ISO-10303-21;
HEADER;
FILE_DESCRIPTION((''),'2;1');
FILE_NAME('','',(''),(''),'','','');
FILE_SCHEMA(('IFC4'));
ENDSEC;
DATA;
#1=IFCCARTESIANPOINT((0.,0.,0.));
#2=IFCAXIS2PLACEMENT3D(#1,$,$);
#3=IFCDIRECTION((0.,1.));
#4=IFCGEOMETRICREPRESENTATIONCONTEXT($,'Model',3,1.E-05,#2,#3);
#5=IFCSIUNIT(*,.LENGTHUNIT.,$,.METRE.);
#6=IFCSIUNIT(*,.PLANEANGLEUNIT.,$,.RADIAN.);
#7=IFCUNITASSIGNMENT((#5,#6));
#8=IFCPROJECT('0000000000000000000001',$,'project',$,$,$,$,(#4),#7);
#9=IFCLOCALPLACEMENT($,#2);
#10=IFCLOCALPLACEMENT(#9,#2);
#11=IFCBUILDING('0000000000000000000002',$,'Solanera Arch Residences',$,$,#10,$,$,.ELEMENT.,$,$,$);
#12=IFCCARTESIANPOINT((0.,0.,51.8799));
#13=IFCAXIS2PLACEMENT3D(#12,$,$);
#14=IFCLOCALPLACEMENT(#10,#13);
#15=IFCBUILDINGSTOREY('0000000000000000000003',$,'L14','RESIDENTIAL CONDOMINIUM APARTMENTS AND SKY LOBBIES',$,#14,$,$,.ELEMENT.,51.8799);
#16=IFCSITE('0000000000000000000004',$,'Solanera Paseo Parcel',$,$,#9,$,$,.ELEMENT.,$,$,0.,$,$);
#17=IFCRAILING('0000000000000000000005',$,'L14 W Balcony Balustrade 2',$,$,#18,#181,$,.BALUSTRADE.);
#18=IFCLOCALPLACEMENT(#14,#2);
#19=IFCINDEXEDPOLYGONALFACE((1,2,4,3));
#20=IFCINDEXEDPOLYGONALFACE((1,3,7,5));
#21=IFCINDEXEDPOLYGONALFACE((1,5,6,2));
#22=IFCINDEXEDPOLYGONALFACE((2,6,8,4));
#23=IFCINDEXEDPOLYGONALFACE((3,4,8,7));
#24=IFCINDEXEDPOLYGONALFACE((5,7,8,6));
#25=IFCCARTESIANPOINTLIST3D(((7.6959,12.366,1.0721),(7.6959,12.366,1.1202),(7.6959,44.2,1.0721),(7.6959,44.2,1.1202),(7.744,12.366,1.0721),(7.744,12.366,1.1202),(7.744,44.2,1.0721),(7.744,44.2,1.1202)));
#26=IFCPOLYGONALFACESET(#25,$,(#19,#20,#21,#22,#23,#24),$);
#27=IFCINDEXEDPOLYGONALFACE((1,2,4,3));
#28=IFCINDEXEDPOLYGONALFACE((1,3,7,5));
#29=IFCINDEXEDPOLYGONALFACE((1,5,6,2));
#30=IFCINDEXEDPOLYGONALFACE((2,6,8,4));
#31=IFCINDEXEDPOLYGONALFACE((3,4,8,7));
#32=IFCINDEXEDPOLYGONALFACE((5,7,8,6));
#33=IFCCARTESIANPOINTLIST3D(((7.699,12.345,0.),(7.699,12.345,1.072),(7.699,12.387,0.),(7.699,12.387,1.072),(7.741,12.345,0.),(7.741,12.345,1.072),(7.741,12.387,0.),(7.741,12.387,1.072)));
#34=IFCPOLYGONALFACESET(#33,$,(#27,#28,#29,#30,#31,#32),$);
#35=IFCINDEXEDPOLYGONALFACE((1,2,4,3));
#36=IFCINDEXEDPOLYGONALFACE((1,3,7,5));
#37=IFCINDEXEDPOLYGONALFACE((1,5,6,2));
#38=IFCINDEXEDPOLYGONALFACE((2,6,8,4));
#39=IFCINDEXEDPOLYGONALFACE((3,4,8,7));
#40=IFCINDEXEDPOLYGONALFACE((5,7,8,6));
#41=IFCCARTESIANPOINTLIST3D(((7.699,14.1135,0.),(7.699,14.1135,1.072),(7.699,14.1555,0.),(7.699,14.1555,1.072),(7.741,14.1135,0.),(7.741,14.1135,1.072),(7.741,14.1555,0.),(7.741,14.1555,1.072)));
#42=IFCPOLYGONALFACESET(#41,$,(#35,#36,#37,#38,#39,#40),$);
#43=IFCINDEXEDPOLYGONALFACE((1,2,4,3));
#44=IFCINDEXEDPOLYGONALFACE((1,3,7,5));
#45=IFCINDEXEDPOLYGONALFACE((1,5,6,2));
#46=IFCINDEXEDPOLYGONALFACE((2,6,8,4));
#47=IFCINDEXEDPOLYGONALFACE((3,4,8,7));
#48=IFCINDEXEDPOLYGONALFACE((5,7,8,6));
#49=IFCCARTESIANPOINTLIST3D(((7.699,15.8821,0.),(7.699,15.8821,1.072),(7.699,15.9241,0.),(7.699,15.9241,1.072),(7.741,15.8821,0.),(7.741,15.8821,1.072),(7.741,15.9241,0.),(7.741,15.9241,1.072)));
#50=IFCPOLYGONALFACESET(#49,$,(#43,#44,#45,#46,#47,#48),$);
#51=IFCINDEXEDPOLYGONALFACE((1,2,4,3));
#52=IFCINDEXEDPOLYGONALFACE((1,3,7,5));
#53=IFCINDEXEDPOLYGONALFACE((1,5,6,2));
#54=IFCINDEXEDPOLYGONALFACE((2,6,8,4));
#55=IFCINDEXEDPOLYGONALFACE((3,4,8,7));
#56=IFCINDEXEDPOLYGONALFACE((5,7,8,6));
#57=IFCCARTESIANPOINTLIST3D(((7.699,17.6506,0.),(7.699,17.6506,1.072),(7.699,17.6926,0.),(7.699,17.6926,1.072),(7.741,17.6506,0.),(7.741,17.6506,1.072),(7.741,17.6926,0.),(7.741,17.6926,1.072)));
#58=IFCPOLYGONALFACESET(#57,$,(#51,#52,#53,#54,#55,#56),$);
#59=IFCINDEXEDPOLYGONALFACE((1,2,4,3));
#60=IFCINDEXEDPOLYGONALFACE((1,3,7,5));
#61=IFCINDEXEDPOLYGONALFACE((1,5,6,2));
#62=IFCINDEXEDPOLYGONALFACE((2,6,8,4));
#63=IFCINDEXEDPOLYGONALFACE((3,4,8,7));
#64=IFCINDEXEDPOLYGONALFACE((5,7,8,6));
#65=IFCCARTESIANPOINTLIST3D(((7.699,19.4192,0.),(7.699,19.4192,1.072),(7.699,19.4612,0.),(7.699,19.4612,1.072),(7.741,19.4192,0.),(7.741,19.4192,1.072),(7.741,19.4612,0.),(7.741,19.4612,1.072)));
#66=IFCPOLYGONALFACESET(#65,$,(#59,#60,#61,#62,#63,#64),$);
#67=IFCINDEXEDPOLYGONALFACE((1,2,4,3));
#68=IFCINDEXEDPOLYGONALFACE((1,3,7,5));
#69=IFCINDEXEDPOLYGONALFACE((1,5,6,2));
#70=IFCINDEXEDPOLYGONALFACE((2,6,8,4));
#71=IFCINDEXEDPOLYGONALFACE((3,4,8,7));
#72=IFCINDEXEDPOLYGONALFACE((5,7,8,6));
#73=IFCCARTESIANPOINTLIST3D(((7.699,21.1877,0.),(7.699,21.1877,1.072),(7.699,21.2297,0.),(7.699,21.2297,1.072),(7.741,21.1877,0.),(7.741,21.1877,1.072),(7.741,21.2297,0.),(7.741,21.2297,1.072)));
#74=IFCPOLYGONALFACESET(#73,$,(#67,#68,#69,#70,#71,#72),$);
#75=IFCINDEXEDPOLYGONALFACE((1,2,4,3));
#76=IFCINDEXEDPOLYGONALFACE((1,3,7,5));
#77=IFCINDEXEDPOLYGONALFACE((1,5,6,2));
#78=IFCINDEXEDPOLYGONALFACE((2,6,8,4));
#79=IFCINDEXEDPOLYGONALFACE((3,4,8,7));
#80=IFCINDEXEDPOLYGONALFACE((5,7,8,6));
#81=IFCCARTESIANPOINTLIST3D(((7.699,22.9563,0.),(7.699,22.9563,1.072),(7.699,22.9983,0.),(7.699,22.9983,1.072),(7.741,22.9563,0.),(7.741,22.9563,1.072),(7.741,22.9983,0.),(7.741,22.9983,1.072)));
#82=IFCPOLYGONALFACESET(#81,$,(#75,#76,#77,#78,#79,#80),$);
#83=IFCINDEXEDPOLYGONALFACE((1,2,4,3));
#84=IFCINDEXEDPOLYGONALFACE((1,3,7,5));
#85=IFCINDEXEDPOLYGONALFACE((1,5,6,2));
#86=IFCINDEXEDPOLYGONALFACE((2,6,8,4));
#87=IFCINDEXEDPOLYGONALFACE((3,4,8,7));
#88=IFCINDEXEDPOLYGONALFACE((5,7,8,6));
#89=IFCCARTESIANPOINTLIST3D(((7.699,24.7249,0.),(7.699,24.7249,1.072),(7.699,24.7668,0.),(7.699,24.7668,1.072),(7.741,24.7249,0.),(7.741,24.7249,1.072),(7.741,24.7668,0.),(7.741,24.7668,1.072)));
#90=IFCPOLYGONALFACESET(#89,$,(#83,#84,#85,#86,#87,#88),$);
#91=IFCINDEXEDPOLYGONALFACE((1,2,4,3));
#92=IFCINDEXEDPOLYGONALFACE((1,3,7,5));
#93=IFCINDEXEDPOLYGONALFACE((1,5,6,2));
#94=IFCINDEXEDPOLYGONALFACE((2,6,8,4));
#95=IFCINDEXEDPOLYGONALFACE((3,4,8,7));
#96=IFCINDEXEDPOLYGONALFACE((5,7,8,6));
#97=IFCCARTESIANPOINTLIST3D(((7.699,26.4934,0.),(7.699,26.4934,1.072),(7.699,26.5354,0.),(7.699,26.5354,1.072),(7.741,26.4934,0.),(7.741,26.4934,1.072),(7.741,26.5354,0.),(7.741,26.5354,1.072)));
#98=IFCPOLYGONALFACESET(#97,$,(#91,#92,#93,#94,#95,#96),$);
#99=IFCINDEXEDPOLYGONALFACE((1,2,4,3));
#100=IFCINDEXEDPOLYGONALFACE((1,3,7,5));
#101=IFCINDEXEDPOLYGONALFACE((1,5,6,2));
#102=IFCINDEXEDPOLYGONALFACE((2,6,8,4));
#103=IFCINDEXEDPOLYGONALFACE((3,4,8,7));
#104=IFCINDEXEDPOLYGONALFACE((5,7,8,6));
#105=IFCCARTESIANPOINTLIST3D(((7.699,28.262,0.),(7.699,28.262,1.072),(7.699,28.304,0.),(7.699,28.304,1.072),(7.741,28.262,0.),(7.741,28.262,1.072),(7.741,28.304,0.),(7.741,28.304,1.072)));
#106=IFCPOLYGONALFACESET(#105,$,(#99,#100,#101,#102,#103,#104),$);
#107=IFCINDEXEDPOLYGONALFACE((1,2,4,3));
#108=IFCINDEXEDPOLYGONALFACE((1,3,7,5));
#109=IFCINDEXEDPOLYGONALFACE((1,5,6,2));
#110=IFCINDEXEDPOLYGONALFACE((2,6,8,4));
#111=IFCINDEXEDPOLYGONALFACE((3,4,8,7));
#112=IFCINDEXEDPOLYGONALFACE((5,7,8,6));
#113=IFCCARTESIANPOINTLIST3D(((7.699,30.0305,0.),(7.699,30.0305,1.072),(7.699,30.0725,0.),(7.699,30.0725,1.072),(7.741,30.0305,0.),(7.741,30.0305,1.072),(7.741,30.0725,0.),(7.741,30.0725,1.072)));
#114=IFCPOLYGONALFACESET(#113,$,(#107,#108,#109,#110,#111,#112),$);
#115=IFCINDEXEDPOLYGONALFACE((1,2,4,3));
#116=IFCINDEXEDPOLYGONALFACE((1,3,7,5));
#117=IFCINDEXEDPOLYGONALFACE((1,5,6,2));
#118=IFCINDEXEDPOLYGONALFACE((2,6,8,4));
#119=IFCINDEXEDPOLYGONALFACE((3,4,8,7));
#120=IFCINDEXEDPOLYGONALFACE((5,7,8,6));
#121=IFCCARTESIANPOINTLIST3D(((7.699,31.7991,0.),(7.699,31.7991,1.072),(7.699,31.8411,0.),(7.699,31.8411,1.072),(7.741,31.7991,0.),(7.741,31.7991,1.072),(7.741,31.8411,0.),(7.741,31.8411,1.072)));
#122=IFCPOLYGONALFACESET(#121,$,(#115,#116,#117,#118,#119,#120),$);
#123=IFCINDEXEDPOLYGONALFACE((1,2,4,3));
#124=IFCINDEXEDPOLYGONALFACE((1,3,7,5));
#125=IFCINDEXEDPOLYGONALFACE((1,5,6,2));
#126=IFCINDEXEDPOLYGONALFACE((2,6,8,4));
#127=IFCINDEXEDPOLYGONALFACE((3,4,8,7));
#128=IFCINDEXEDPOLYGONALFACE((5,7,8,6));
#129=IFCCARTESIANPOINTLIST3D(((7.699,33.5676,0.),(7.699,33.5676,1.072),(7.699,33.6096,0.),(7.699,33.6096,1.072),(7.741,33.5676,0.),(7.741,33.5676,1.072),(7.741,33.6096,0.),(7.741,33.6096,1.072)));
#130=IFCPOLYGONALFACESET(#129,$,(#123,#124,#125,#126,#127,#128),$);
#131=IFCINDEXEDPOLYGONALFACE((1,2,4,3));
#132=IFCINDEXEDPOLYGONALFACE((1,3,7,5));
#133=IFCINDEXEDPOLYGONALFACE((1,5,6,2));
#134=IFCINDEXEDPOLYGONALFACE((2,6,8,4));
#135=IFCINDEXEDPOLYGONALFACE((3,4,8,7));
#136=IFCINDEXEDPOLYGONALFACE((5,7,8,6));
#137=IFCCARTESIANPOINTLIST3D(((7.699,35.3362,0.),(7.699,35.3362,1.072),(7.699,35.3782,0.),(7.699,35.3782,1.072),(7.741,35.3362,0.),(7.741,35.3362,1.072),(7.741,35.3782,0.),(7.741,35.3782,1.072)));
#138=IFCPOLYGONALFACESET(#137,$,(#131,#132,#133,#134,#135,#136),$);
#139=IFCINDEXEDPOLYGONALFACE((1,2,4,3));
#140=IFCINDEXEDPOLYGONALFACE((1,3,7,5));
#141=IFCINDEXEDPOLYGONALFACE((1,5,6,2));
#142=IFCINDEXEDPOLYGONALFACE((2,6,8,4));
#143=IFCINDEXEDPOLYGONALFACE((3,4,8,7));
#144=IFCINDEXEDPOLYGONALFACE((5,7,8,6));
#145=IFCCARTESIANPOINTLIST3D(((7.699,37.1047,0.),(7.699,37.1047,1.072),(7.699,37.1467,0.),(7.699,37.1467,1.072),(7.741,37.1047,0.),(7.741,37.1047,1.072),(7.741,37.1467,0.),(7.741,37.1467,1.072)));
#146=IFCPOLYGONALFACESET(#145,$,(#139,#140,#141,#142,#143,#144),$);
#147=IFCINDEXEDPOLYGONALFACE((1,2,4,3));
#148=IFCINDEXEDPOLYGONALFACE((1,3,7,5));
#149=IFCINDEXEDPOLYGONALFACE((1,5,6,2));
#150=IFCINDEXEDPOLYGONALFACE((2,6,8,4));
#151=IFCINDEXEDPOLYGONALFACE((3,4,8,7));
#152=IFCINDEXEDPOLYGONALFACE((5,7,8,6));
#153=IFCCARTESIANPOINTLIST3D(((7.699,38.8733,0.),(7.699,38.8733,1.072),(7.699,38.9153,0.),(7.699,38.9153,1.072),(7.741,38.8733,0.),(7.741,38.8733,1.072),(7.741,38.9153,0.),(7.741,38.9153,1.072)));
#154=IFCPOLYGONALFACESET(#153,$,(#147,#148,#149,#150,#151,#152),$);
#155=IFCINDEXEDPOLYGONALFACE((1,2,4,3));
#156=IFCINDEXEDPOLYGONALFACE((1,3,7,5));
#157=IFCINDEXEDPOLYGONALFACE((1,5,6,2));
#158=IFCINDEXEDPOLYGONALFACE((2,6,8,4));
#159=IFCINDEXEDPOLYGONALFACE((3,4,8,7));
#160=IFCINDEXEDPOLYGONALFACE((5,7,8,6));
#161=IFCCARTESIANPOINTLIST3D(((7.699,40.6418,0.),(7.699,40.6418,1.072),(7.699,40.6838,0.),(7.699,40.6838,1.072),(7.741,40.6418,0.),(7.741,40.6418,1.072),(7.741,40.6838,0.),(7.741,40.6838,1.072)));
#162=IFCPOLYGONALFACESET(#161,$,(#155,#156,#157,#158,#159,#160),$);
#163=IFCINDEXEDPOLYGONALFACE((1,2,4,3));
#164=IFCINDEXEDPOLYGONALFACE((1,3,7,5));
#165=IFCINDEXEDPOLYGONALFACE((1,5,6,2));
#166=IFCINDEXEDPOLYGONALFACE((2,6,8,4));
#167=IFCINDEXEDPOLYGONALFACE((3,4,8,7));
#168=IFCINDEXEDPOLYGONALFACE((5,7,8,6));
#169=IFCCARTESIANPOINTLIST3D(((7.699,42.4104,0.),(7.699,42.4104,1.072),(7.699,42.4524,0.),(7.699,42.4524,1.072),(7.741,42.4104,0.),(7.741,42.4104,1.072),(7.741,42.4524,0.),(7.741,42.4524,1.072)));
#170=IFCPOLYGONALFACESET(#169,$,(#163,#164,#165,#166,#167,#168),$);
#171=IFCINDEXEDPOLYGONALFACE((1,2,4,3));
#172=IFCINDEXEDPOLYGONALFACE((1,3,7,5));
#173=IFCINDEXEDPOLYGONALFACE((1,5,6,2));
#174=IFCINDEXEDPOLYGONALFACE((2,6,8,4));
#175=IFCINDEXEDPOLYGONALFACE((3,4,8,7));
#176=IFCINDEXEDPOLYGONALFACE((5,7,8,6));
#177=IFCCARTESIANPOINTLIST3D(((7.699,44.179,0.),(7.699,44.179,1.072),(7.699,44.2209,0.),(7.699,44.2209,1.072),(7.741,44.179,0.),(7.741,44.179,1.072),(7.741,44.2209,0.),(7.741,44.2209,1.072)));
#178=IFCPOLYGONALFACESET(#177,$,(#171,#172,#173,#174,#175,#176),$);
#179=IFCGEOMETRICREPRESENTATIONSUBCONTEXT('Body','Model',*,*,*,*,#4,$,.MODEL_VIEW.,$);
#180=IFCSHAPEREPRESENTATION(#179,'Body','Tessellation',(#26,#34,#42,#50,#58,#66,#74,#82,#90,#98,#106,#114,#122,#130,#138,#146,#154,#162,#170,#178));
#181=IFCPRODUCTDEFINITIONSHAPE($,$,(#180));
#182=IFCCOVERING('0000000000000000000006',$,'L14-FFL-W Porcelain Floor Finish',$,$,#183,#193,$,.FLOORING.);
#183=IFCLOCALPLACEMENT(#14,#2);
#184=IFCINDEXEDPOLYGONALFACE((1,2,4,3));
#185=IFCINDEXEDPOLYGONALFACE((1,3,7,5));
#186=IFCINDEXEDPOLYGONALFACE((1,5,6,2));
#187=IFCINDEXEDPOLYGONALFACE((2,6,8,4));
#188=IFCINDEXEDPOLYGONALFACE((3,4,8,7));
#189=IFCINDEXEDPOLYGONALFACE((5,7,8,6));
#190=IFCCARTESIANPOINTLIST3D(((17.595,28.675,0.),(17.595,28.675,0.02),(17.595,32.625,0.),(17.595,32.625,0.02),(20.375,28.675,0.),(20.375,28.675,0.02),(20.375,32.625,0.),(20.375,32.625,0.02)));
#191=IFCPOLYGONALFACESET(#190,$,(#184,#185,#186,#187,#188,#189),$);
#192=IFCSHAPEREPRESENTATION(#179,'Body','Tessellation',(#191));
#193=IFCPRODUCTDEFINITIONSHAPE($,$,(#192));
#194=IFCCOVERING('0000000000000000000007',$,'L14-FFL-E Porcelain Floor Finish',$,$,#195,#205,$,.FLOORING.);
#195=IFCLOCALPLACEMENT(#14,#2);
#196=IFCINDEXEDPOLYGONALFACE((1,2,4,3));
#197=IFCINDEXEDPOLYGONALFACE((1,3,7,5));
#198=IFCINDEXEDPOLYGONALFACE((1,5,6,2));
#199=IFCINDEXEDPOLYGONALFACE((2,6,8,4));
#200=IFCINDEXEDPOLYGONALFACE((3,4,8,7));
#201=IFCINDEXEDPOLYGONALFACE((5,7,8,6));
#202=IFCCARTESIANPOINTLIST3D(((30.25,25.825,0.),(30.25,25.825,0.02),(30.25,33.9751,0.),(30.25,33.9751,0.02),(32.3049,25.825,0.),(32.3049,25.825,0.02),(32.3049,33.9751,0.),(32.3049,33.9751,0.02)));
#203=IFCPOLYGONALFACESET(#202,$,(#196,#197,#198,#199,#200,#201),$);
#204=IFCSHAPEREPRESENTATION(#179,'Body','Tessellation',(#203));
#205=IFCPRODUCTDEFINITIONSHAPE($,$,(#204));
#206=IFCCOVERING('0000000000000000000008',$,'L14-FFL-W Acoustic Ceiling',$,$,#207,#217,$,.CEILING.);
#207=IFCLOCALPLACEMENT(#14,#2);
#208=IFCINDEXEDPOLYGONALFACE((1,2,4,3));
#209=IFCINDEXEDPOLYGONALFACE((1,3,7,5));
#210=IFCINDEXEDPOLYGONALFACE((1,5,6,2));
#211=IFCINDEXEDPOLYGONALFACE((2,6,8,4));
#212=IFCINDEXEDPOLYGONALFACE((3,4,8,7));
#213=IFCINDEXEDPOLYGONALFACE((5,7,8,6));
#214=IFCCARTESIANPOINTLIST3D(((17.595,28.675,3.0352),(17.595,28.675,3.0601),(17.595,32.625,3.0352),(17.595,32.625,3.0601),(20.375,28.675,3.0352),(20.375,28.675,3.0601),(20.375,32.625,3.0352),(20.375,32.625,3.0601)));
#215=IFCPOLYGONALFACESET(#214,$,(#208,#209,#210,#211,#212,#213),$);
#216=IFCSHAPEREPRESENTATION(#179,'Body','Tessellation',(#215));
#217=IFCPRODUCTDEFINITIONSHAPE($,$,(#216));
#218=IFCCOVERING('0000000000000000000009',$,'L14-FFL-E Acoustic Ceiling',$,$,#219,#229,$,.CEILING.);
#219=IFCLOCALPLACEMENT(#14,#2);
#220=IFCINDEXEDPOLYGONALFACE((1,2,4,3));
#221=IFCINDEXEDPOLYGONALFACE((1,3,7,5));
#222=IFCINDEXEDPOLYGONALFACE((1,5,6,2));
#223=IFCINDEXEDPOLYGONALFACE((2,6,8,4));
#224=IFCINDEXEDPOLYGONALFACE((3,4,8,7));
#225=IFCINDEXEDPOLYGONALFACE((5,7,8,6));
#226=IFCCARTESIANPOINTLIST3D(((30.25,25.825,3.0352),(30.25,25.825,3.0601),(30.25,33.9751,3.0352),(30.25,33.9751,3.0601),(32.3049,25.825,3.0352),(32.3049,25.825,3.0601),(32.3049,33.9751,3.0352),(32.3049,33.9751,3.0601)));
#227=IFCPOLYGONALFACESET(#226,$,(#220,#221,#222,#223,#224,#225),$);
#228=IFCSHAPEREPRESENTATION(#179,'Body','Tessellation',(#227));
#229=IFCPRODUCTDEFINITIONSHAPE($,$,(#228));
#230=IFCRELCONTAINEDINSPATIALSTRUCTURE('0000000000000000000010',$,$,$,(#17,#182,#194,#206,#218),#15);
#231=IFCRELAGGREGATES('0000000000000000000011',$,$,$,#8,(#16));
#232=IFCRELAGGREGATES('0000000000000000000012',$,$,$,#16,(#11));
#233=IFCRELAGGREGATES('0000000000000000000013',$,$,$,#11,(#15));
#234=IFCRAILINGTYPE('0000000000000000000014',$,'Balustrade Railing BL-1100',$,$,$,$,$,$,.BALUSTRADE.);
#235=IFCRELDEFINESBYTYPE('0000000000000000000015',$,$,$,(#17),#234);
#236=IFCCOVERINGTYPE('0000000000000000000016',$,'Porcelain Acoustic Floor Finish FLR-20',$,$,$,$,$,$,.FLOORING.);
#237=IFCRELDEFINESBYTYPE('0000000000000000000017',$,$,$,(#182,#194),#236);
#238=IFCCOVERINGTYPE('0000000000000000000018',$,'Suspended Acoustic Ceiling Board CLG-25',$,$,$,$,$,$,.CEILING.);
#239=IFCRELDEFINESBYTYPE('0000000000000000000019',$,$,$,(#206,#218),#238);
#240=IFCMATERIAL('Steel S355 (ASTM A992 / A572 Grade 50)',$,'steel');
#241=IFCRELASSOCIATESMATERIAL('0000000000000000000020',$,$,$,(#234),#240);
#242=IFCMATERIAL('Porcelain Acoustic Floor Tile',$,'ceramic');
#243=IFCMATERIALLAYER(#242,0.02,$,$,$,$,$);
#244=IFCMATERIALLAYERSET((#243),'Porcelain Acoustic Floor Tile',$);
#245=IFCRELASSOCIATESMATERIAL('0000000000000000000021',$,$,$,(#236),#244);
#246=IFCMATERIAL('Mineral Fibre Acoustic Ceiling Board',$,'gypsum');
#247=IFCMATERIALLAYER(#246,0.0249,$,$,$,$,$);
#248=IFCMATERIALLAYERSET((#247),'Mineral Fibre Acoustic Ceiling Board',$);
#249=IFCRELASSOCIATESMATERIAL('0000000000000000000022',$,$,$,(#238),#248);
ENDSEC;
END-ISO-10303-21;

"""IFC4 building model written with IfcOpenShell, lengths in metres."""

from ifc_helpers import new_model, si_unit, direction, frame, origin, origin_2d, place, context, subcontext, project, spatial, polyline, rectangle, outline, extrude, material, layer, layer_set, type_object, element, save


model = new_model("IFC4")

# Units and contexts
model_context = context("Model", 3, precision=1e-05, world=origin(), true_north=direction((0.0, 1.0)))
body_context = subcontext(model_context, "Body", "Model", "MODEL_VIEW")
ifc_project = project(units=[si_unit("LENGTHUNIT", "METRE"), si_unit("PLANEANGLEUNIT", "RADIAN")], contexts=[model_context])

# Site, building, storey
site_placement = place(None, origin())
site = spatial("IfcSite", under=ifc_project, at=site_placement, Name="Solanera Paseo Parcel", CompositionType="ELEMENT", RefElevation=0.0)
building_placement = place(site_placement, origin())
building = spatial("IfcBuilding", under=site, at=building_placement, Name="Solanera Arch Residences", CompositionType="ELEMENT")
storey_placement = place(building_placement, frame((0.0, 0.0, 51.8799)))
storey = spatial("IfcBuildingStorey", under=building, at=storey_placement, Name="L14", Description="RESIDENTIAL CONDOMINIUM APARTMENTS AND SKY LOBBIES", CompositionType="ELEMENT", Elevation=51.8799)

# Railing
ifc_material_1 = material(Name="Steel S355 (ASTM A992 / A572 Grade 50)", Category="steel")
railing_type = type_object("IfcRailingType", Name="Balustrade Railing BL-1100", PredefinedType="BALUSTRADE", material=ifc_material_1)
railing_placement = place(storey_placement, frame((7.72, 12.366, 0.0)))
element("IfcRailing", 1, at=railing_placement, inside=storey, type_object=railing_type, Name="L14 W Balcony Balustrade 2", PredefinedType="BALUSTRADE", context=body_context, shape_type="SweptSolid", body=[
    extrude(rectangle(XDim=0.0481, YDim=0.0481, at=origin_2d()), frame((0.0, 0.0, 1.0962), z_axis=(0.0, 1.0, 0.0), x_axis=(-1.0, 0.0, 0.0)), (0.0, 0.0, 1.0), 31.834),
    extrude(rectangle(XDim=0.042, YDim=0.042, at=origin_2d()), origin(), (0.0, 0.0, 1.0), 1.072),
    extrude(rectangle(XDim=0.042, YDim=0.042, at=origin_2d()), frame((0.0, 1.7686, 0.0)), (0.0, 0.0, 1.0), 1.072),
    extrude(rectangle(XDim=0.042, YDim=0.042, at=origin_2d()), frame((0.0, 3.5371, 0.0)), (0.0, 0.0, 1.0), 1.072),
    extrude(rectangle(XDim=0.042, YDim=0.042, at=origin_2d()), frame((0.0, 5.3057, 0.0)), (0.0, 0.0, 1.0), 1.072),
    extrude(rectangle(XDim=0.042, YDim=0.042, at=origin_2d()), frame((0.0, 7.0742, 0.0)), (0.0, 0.0, 1.0), 1.072),
    extrude(rectangle(XDim=0.042, YDim=0.042, at=origin_2d()), frame((0.0, 8.8428, 0.0)), (0.0, 0.0, 1.0), 1.072),
    extrude(rectangle(XDim=0.042, YDim=0.042, at=origin_2d()), frame((0.0, 10.6113, 0.0)), (0.0, 0.0, 1.0), 1.072),
    extrude(rectangle(XDim=0.042, YDim=0.042, at=origin_2d()), frame((0.0, 12.3799, 0.0)), (0.0, 0.0, 1.0), 1.072),
    extrude(rectangle(XDim=0.042, YDim=0.042, at=origin_2d()), frame((0.0, 14.1484, 0.0)), (0.0, 0.0, 1.0), 1.072),
    extrude(rectangle(XDim=0.042, YDim=0.042, at=origin_2d()), frame((0.0, 15.917, 0.0)), (0.0, 0.0, 1.0), 1.072),
    extrude(rectangle(XDim=0.042, YDim=0.042, at=origin_2d()), frame((0.0, 17.6855, 0.0)), (0.0, 0.0, 1.0), 1.072),
    extrude(rectangle(XDim=0.042, YDim=0.042, at=origin_2d()), frame((0.0, 19.4541, 0.0)), (0.0, 0.0, 1.0), 1.072),
    extrude(rectangle(XDim=0.042, YDim=0.042, at=origin_2d()), frame((0.0, 21.2227, 0.0)), (0.0, 0.0, 1.0), 1.072),
    extrude(rectangle(XDim=0.042, YDim=0.042, at=origin_2d()), frame((0.0, 22.9912, 0.0)), (0.0, 0.0, 1.0), 1.072),
    extrude(rectangle(XDim=0.042, YDim=0.042, at=origin_2d()), frame((0.0, 24.7598, 0.0)), (0.0, 0.0, 1.0), 1.072),
    extrude(rectangle(XDim=0.042, YDim=0.042, at=origin_2d()), frame((0.0, 26.5283, 0.0)), (0.0, 0.0, 1.0), 1.072),
    extrude(rectangle(XDim=0.042, YDim=0.042, at=origin_2d()), frame((0.0, 28.2969, 0.0)), (0.0, 0.0, 1.0), 1.072),
    extrude(rectangle(XDim=0.042, YDim=0.042, at=origin_2d()), frame((0.0, 30.0654, 0.0)), (0.0, 0.0, 1.0), 1.072),
    extrude(rectangle(XDim=0.042, YDim=0.042, at=origin_2d()), frame((0.0, 31.834, 0.0)), (0.0, 0.0, 1.0), 1.072),
])

# Coverings
ifc_material_2 = material(Name="Porcelain Acoustic Floor Tile", Category="ceramic")
ifc_layer_1 = layer(ifc_material_2, 0.02)
ifc_layer_set_1 = layer_set([ifc_layer_1], Name="Porcelain Acoustic Floor Tile")
covering_type_1 = type_object("IfcCoveringType", Name="Porcelain Acoustic Floor Finish FLR-20", PredefinedType="FLOORING", material=ifc_layer_set_1)
covering_1_placement = place(storey_placement, origin())
element("IfcCovering", 2, at=covering_1_placement, inside=storey, type_object=covering_type_1, Name="L14-FFL-W Porcelain Floor Finish", PredefinedType="FLOORING", context=body_context, shape_type="SweptSolid", body=[
    extrude(outline(polyline([(20.375, 28.675), (17.595, 28.675), (17.595, 32.625), (20.375, 32.625), (20.375, 28.675)])), origin(), (0.0, 0.0, 1.0), 0.02),
])
covering_2_placement = place(storey_placement, origin())
element("IfcCovering", 3, at=covering_2_placement, inside=storey, type_object=covering_type_1, Name="L14-FFL-E Porcelain Floor Finish", PredefinedType="FLOORING", context=body_context, shape_type="SweptSolid", body=[
    extrude(outline(polyline([(32.3049, 25.825), (30.25, 25.825), (30.25, 33.9751), (32.3049, 33.9751), (32.3049, 25.825)])), origin(), (0.0, 0.0, 1.0), 0.02),
])
ifc_material_3 = material(Name="Mineral Fibre Acoustic Ceiling Board", Category="gypsum")
ifc_layer_2 = layer(ifc_material_3, 0.0249)
ifc_layer_set_2 = layer_set([ifc_layer_2], Name="Mineral Fibre Acoustic Ceiling Board")
covering_type_2 = type_object("IfcCoveringType", Name="Suspended Acoustic Ceiling Board CLG-25", PredefinedType="CEILING", material=ifc_layer_set_2)
covering_3_placement = place(storey_placement, frame((0.0, 0.0, 3.0352)))
element("IfcCovering", 4, at=covering_3_placement, inside=storey, type_object=covering_type_2, Name="L14-FFL-W Acoustic Ceiling", PredefinedType="CEILING", context=body_context, shape_type="SweptSolid", body=[
    extrude(outline(polyline([(20.375, 28.675), (17.595, 28.675), (17.595, 32.625), (20.375, 32.625), (20.375, 28.675)])), origin(), (0.0, 0.0, 1.0), 0.0249),
])
covering_4_placement = place(storey_placement, frame((0.0, 0.0, 3.0352)))
element("IfcCovering", 5, at=covering_4_placement, inside=storey, type_object=covering_type_2, Name="L14-FFL-E Acoustic Ceiling", PredefinedType="CEILING", context=body_context, shape_type="SweptSolid", body=[
    extrude(outline(polyline([(32.3049, 25.825), (30.25, 25.825), (30.25, 33.9751), (32.3049, 33.9751), (32.3049, 25.825)])), origin(), (0.0, 0.0, 1.0), 0.0249),
])

save(model, "model.ifc")
